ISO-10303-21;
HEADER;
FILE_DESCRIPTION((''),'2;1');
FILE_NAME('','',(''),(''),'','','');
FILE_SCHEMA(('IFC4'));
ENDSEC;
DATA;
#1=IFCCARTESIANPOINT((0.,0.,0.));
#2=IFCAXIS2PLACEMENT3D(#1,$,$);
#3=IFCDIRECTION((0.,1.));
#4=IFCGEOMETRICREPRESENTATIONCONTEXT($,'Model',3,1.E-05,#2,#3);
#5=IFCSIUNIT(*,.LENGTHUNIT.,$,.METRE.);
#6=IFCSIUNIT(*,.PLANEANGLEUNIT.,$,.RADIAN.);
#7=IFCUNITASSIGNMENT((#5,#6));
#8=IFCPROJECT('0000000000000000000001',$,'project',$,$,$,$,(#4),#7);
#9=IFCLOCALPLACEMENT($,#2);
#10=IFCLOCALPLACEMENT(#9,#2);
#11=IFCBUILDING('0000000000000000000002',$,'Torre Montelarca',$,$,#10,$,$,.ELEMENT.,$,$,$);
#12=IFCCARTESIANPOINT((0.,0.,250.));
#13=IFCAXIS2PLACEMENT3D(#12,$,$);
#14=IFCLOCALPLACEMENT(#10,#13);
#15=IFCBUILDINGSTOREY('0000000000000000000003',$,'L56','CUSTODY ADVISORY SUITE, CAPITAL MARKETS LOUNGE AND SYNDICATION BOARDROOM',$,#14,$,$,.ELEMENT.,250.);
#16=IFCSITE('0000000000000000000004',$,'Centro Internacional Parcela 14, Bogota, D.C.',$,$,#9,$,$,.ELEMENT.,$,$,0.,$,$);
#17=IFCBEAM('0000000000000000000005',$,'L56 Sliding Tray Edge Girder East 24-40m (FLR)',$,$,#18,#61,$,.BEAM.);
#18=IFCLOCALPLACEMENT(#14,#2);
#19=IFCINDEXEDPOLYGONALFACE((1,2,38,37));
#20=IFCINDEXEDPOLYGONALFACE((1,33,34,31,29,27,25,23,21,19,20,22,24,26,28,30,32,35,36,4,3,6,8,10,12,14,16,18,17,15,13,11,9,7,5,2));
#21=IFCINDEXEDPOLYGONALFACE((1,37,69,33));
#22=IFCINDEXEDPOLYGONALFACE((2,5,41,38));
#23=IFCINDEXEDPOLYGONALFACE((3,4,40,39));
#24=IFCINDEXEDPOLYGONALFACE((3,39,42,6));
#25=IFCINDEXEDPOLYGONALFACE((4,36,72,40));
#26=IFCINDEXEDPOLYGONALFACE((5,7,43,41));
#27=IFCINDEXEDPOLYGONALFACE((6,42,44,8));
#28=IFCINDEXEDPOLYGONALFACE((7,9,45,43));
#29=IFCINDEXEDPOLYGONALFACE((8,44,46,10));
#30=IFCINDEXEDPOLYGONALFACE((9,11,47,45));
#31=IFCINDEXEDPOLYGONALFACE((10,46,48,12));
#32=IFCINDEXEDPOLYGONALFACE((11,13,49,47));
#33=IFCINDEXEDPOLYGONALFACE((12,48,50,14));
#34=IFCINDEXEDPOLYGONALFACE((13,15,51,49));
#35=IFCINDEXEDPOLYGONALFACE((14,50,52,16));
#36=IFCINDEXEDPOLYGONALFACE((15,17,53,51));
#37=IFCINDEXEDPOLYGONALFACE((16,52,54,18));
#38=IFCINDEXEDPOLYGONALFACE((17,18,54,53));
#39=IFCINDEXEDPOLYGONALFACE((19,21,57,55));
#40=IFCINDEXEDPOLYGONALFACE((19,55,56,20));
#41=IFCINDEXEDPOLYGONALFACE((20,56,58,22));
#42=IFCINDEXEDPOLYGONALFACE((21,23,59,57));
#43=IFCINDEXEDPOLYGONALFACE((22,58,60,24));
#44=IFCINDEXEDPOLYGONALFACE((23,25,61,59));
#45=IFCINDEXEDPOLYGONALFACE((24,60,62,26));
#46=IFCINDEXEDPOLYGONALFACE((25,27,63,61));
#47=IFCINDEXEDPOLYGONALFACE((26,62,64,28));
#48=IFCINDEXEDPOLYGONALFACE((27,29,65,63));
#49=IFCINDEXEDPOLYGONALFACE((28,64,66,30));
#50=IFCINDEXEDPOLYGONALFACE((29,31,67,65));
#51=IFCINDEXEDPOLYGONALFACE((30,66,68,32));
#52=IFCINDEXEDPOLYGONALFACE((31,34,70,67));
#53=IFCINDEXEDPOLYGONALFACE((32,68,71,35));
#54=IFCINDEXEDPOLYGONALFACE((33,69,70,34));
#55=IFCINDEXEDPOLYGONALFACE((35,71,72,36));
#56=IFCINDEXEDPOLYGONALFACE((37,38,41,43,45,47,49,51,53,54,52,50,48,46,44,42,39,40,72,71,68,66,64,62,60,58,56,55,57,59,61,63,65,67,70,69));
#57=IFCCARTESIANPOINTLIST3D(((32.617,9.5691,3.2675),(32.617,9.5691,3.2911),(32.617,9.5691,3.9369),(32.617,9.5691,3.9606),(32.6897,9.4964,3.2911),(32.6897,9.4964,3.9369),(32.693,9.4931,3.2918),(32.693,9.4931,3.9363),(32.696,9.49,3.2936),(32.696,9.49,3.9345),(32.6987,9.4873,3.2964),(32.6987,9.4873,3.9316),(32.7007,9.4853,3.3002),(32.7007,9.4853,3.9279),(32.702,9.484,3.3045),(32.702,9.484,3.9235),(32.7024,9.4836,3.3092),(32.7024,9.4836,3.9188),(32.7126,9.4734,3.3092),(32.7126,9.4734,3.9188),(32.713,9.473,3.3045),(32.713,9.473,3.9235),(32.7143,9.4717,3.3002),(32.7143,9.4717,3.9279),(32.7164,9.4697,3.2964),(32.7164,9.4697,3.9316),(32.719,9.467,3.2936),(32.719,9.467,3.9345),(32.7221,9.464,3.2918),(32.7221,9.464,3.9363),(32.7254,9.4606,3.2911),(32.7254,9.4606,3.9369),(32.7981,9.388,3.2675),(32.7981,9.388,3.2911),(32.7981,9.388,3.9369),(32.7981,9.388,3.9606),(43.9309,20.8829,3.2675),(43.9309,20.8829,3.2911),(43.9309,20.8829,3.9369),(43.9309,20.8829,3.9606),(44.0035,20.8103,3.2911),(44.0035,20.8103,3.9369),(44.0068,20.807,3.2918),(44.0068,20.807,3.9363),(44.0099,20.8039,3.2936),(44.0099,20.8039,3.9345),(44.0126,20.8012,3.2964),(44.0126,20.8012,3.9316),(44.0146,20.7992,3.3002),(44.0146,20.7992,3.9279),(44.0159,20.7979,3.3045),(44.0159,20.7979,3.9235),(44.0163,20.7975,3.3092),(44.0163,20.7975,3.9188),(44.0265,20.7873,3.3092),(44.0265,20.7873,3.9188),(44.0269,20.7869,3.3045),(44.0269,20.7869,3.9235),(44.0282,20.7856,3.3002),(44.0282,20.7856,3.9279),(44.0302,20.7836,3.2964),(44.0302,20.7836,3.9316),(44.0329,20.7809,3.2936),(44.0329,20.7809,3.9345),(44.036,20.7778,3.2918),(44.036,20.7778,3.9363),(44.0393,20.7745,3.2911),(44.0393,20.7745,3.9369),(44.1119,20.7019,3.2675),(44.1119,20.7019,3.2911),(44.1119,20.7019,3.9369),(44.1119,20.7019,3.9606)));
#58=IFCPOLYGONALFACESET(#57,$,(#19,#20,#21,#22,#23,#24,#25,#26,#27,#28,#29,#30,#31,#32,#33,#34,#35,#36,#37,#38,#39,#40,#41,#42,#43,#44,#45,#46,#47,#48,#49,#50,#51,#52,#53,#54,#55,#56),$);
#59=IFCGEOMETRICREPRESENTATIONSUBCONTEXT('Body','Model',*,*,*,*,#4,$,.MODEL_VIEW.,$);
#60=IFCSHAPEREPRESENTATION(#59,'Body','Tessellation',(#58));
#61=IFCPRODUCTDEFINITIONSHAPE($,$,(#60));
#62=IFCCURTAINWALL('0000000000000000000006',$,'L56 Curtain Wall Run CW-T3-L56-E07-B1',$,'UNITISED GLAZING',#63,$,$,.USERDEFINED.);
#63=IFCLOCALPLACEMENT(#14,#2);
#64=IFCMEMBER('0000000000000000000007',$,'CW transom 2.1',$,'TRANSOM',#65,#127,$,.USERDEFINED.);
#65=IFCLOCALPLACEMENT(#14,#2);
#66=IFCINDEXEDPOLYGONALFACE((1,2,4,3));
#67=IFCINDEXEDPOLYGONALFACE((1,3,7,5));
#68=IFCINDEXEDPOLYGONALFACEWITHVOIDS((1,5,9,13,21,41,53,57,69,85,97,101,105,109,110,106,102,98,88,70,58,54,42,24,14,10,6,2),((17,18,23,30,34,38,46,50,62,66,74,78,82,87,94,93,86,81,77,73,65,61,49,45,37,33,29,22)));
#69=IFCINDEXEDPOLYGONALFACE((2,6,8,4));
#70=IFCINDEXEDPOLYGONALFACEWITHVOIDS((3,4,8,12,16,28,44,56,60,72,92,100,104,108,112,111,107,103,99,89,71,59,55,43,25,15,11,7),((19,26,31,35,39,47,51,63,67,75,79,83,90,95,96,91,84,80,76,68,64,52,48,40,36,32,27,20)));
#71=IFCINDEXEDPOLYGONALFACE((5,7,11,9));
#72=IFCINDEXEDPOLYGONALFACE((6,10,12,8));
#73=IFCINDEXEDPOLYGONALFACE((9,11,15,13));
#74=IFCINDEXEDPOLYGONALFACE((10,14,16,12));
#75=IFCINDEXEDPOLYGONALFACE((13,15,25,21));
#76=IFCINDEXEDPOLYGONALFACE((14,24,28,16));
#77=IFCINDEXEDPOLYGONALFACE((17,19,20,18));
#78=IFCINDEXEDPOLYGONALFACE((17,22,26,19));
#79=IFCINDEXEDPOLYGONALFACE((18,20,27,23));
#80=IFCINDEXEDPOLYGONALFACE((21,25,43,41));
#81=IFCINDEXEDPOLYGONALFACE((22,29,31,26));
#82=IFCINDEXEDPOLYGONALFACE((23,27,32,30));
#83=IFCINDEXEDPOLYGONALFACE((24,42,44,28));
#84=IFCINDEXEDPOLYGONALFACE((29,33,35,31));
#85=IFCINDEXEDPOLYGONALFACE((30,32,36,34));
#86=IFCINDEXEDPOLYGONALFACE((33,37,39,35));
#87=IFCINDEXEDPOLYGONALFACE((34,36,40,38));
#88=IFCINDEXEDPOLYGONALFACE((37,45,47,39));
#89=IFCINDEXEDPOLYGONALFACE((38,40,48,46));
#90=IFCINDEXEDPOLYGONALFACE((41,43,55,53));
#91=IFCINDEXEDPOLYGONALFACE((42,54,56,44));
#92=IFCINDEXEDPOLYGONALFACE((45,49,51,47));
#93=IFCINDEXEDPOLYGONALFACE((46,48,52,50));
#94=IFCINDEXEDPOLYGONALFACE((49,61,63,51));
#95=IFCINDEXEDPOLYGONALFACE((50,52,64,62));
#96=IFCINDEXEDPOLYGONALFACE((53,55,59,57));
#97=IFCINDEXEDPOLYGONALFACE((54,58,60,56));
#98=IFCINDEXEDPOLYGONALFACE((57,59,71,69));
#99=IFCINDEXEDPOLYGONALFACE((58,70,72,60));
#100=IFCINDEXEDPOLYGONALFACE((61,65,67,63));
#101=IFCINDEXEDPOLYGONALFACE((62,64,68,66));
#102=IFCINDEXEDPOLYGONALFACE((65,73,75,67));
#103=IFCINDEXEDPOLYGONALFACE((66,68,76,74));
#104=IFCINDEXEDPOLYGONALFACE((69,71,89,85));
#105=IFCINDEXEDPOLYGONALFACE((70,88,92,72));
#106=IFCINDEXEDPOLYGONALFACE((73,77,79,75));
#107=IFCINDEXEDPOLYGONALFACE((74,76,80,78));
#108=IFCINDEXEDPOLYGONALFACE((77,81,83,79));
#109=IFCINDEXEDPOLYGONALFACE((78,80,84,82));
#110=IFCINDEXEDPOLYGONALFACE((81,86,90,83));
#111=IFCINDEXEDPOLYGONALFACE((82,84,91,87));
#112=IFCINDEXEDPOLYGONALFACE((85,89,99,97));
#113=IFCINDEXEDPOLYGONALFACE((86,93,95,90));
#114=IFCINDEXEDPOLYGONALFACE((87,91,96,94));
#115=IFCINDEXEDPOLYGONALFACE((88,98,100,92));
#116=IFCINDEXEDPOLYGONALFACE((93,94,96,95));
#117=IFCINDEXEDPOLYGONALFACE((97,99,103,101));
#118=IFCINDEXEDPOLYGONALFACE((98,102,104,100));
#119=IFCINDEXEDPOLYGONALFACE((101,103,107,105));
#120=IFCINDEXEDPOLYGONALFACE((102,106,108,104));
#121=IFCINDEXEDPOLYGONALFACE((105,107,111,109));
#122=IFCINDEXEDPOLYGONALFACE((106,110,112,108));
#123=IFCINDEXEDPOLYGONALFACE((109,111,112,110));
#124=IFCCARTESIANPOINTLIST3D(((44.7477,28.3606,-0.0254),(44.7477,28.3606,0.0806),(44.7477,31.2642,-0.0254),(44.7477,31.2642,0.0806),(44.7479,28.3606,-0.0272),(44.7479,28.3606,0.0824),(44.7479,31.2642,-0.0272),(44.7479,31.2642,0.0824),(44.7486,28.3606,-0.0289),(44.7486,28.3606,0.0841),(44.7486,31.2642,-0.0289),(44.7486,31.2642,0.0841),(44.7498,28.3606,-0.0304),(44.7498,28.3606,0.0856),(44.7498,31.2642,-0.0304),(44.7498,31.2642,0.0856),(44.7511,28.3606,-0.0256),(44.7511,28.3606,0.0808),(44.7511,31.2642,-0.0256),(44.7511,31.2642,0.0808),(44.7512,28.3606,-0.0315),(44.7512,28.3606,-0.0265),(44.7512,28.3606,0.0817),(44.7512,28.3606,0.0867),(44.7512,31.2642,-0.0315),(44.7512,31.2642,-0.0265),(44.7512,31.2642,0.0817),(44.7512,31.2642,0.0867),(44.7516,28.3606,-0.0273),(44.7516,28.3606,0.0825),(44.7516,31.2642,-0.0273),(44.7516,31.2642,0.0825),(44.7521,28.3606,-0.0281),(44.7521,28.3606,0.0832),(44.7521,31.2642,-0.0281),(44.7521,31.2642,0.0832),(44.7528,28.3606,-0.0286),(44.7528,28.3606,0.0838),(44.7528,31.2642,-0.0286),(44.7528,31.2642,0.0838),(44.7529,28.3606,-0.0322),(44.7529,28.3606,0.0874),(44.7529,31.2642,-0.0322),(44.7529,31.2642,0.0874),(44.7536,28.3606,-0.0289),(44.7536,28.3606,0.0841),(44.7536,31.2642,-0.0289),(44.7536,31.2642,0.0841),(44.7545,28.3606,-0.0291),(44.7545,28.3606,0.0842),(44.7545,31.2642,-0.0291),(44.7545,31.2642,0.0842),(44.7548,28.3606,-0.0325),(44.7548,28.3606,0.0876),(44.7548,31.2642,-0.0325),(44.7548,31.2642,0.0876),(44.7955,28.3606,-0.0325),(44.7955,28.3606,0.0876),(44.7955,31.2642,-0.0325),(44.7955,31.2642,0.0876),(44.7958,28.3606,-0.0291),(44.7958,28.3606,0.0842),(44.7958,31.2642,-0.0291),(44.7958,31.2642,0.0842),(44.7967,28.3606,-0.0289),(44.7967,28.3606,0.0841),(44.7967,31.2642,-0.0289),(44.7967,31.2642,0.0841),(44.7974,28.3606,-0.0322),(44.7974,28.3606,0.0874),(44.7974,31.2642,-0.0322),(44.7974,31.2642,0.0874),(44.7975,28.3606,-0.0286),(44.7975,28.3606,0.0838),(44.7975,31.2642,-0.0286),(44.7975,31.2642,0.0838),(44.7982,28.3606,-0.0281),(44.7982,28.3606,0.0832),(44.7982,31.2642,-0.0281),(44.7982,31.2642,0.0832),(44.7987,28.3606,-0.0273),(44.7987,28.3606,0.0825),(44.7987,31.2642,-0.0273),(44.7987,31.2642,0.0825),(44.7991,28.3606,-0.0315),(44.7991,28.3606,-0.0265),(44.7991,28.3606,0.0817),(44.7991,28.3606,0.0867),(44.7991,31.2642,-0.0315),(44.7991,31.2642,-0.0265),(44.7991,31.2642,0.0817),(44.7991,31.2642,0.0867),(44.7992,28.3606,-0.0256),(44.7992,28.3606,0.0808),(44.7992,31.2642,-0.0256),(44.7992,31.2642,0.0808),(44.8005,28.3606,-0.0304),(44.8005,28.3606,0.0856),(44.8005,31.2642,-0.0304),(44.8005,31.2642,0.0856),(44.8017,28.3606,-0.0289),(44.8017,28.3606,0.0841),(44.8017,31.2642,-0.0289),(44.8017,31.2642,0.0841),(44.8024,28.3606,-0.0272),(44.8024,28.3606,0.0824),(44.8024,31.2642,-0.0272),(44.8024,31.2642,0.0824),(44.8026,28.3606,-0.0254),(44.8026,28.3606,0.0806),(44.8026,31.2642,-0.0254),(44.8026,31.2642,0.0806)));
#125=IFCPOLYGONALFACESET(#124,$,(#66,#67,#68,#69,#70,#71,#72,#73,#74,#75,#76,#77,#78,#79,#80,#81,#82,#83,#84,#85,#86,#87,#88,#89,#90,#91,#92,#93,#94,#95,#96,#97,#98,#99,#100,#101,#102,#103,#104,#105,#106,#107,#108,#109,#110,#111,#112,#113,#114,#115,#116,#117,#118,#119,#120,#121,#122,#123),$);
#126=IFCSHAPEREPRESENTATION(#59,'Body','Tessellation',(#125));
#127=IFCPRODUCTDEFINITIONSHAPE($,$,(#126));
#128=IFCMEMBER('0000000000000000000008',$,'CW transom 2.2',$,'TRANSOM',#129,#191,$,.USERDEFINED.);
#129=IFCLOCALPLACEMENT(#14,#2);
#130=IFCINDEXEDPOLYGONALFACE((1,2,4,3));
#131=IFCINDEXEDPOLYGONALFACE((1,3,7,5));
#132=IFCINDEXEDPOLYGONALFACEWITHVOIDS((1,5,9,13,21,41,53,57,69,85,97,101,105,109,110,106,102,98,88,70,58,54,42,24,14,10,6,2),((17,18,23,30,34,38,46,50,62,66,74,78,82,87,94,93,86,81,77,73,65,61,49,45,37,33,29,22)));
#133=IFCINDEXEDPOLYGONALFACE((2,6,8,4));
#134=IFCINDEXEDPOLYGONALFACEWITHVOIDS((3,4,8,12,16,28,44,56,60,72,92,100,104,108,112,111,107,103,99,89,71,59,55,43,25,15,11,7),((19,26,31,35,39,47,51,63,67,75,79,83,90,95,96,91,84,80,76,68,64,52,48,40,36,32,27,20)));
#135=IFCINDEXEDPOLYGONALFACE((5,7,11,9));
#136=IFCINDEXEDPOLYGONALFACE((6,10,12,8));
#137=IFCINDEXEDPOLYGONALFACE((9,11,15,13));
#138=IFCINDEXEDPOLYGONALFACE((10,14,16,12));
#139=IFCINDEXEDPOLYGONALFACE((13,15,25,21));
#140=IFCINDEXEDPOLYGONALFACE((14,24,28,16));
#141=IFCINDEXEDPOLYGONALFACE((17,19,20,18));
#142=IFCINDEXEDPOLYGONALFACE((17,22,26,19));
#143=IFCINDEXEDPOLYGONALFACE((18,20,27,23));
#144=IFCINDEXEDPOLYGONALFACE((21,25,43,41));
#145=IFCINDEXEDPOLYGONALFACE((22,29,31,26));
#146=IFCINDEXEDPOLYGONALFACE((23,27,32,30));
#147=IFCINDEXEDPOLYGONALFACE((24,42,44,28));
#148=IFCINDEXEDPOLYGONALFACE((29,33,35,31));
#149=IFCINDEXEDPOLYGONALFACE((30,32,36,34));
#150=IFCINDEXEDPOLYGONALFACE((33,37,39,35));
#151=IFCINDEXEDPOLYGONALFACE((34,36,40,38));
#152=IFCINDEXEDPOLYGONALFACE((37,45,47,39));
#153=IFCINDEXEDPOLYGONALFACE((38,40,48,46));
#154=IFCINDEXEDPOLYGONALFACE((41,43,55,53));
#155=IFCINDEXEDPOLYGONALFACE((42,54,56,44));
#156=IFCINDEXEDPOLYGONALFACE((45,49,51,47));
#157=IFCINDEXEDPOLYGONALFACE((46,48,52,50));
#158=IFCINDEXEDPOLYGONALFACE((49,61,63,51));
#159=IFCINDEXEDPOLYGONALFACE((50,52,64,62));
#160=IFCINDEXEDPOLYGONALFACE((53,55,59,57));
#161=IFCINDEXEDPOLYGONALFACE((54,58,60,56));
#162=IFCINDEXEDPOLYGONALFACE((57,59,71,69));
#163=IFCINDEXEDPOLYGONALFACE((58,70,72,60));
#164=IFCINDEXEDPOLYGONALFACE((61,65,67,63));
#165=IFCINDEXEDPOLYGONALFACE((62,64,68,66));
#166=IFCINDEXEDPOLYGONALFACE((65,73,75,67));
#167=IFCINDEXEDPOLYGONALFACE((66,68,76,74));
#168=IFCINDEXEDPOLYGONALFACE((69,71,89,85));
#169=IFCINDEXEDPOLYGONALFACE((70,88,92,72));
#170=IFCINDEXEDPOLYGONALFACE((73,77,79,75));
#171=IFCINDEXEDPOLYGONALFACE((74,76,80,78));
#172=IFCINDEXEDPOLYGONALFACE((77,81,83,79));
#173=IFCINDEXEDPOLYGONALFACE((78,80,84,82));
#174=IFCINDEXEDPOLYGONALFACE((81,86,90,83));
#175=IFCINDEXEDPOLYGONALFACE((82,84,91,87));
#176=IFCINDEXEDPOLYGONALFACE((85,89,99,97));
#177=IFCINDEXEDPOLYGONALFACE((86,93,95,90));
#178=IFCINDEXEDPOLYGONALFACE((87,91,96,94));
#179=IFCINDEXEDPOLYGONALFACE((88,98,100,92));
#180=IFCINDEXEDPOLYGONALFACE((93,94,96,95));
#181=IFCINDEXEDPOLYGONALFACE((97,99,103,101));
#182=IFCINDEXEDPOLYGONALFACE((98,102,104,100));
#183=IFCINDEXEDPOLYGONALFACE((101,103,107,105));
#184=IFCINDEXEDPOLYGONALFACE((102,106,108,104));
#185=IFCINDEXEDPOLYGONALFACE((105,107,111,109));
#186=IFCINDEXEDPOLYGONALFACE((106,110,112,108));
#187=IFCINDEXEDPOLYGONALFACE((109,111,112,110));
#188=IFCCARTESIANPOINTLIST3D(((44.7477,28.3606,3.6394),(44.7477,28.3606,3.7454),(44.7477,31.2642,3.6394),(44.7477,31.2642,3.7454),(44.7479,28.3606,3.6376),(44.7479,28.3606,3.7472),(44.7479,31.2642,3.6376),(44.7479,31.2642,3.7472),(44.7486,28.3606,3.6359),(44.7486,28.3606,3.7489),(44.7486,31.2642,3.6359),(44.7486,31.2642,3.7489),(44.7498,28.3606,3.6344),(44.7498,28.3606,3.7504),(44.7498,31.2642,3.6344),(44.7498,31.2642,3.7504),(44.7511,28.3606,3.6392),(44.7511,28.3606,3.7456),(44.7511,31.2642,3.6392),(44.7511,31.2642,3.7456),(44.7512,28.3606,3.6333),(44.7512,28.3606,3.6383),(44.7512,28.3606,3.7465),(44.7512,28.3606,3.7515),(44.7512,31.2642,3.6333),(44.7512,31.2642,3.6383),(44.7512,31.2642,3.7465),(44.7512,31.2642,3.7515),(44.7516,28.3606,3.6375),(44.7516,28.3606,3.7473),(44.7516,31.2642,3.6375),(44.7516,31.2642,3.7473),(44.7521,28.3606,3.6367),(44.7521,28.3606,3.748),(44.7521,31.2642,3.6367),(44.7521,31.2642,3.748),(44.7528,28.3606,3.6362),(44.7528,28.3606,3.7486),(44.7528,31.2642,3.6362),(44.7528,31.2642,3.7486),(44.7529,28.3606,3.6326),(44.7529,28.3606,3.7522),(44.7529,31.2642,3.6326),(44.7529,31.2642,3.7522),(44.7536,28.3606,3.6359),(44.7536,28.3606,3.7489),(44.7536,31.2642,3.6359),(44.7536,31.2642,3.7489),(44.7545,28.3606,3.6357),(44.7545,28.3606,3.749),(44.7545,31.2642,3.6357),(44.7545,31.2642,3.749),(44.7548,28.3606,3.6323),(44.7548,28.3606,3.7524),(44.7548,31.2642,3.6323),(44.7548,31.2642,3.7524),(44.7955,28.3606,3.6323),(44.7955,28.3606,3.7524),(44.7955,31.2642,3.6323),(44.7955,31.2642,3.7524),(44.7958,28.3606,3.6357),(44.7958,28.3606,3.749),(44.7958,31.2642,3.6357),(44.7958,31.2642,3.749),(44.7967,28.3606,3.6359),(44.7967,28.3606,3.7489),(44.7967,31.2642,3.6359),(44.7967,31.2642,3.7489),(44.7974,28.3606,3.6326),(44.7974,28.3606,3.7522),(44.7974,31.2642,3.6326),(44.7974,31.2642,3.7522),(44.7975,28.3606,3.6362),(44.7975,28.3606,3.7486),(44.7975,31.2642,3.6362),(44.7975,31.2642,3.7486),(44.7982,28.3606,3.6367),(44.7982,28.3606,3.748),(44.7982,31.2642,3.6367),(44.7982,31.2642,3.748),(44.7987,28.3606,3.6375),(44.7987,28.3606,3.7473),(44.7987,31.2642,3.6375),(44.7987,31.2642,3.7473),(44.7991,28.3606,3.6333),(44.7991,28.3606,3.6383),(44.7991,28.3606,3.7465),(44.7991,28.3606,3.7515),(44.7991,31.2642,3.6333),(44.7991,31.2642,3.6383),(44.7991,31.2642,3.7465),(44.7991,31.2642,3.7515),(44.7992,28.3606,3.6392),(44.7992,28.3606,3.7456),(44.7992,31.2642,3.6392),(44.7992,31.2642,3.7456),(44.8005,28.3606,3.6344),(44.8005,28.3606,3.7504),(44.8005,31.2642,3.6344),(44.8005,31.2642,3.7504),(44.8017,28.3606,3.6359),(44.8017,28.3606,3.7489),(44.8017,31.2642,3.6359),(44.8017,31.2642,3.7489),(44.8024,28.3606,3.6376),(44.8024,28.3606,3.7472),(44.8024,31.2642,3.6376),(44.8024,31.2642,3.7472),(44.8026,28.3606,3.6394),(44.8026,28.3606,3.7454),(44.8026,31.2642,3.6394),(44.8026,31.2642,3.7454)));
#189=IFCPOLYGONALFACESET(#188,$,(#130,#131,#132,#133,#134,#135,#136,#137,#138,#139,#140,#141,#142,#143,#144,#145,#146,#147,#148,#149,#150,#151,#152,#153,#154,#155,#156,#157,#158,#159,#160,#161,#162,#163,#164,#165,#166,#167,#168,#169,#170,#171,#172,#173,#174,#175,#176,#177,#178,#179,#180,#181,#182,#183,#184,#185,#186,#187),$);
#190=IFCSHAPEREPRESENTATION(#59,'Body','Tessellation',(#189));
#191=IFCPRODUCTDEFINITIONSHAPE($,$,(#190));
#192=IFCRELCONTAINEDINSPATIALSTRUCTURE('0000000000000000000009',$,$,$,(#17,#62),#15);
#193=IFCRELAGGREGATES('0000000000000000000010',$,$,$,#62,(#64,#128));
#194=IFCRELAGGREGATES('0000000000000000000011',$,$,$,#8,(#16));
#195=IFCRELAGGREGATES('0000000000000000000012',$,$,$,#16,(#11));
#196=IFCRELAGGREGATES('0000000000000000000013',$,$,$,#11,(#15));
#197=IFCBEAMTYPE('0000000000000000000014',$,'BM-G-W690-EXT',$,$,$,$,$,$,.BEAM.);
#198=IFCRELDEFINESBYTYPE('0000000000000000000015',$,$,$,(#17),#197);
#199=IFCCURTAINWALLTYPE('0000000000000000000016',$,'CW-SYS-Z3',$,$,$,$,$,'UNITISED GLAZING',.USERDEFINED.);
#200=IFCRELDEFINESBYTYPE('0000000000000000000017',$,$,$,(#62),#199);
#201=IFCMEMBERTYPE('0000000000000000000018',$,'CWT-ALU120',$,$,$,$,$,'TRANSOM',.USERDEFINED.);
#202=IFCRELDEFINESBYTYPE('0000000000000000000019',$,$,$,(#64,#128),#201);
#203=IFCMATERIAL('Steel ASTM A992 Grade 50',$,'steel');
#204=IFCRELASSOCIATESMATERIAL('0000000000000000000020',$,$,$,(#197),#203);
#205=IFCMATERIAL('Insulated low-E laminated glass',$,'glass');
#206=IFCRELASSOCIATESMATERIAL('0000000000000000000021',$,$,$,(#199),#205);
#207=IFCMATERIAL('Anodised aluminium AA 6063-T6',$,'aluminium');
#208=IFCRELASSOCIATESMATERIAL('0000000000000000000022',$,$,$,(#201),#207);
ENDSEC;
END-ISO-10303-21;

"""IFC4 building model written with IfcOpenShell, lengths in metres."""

from ifc_helpers import new_model, si_unit, direction, frame, origin, origin_2d, place, context, subcontext, project, spatial, hollow_rectangle, i_section, extrude, source, transform, mapped, material, material_profile, profile_set, type_object, element, aggregate, save


model = new_model("IFC4")

# Units and contexts
model_context = context("Model", 3, precision=1e-05, world=origin(), true_north=direction((0.0, 1.0)))
body_context = subcontext(model_context, "Body", "Model", "MODEL_VIEW")
ifc_project = project(units=[si_unit("LENGTHUNIT", "METRE"), si_unit("PLANEANGLEUNIT", "RADIAN")], contexts=[model_context])

# Site, building, storey
site_placement = place(None, origin())
site = spatial("IfcSite", under=ifc_project, at=site_placement, Name="Centro Internacional Parcela 14, Bogota, D.C.", CompositionType="ELEMENT", RefElevation=0.0)
building_placement = place(site_placement, origin())
building = spatial("IfcBuilding", under=site, at=building_placement, Name="Torre Montelarca", CompositionType="ELEMENT")
storey_placement = place(building_placement, frame((0.0, 0.0, 250.0)))
storey = spatial("IfcBuildingStorey", under=building, at=storey_placement, Name="L56", Description="CUSTODY ADVISORY SUITE, CAPITAL MARKETS LOUNGE AND SYNDICATION BOARDROOM", CompositionType="ELEMENT", Elevation=250.0)

# Beam
ifc_material_1 = material(Name="Steel ASTM A992 Grade 50", Category="steel")
ifc_material_profile_1 = material_profile(ifc_material_1, i_section(OverallWidth=0.2561, OverallDepth=0.6931, WebThickness=0.0144, FlangeThickness=0.0237, FilletRadius=0.0181, at=origin_2d()), Name="W690X170", Category="steel")
ifc_profile_set_1 = profile_set([ifc_material_profile_1], Name="Steel ASTM A992 Grade 50")
beam_type_1 = type_object("IfcBeamType", Name="BM-G-W690-EXT", PredefinedType="BEAM", material=ifc_profile_set_1)
shared_shape_1 = source(origin(), body_context, "Body", "SweptSolid", [
    extrude(i_section(OverallWidth=0.2561, OverallDepth=0.6931, WebThickness=0.0144, FlangeThickness=0.0237, FilletRadius=0.0181, at=origin_2d()), origin(), (0.0, 0.0, 1.0), 16.0002),
])
beam_1_placement = place(storey_placement, frame((32.7075, 9.4785, 3.614), z_axis=(0.707107, 0.707107, 0.0), x_axis=(-0.707107, 0.707107, 0.0)))
element("IfcBeam", 1, at=beam_1_placement, inside=storey, type_object=beam_type_1, Name="L56 Sliding Tray Edge Girder East 24-40m (FLR)", PredefinedType="BEAM", context=body_context, shape_type="MappedRepresentation", body=[
    mapped(shared_shape_1, transform((0.0, 0.0, 0.0), scale=1.0)),
])

# Curtain wall, members
ifc_material_2 = material(Name="Insulated low-E laminated glass", Category="glass")
curtain_wall_type = type_object("IfcCurtainWallType", Name="CW-SYS-Z3", ElementType="UNITISED GLAZING", PredefinedType="USERDEFINED", material=ifc_material_2)
curtain_wall_1_placement = place(storey_placement, origin())
curtain_wall_1 = element("IfcCurtainWall", 2, at=curtain_wall_1_placement, inside=storey, type_object=curtain_wall_type, Name="L56 Curtain Wall Run CW-T3-L56-E07-B1", ObjectType="UNITISED GLAZING", PredefinedType="USERDEFINED")
ifc_material_3 = material(Name="Anodised aluminium AA 6063-T6", Category="aluminium")
ifc_material_profile_2 = material_profile(ifc_material_3, hollow_rectangle(XDim=0.0549, YDim=0.1201, WallThickness=0.0034, InnerFilletRadius=0.0034, OuterFilletRadius=0.0071, at=origin_2d()), Name="ALU55X120X3.5", Category="aluminium")
ifc_profile_set_2 = profile_set([ifc_material_profile_2], Name="Anodised aluminium AA 6063-T6")
member_type_1 = type_object("IfcMemberType", Name="CWT-ALU120", ElementType="TRANSOM", PredefinedType="USERDEFINED", material=ifc_profile_set_2)
shared_shape_2 = source(origin(), body_context, "Body", "SweptSolid", [
    extrude(hollow_rectangle(XDim=0.0549, YDim=0.1201, WallThickness=0.0034, InnerFilletRadius=0.0034, OuterFilletRadius=0.0071, at=origin_2d()), origin(), (0.0, 0.0, 1.0), 2.9036),
])
member_1_placement = place(storey_placement, frame((44.7751, 28.3606, 0.0276), z_axis=(0.0, 1.0, 0.0), x_axis=(-1.0, 0.0, 0.0)))
member_1 = element("IfcMember", 3, at=member_1_placement, type_object=member_type_1, Name="CW transom 2.1", ObjectType="TRANSOM", PredefinedType="USERDEFINED", context=body_context, shape_type="MappedRepresentation", body=[
    mapped(shared_shape_2, transform((0.0, 0.0, 0.0), scale=1.0)),
])
member_2_placement = place(storey_placement, frame((44.7751, 28.3606, 3.6924), z_axis=(0.0, 1.0, 0.0), x_axis=(-1.0, 0.0, 0.0)))
member_2 = element("IfcMember", 4, at=member_2_placement, type_object=member_type_1, Name="CW transom 2.2", ObjectType="TRANSOM", PredefinedType="USERDEFINED", context=body_context, shape_type="MappedRepresentation", body=[
    mapped(shared_shape_2, transform((0.0, 0.0, 0.0), scale=1.0)),
])

aggregate(curtain_wall_1, [member_1, member_2])

save(model, "model.ifc")
